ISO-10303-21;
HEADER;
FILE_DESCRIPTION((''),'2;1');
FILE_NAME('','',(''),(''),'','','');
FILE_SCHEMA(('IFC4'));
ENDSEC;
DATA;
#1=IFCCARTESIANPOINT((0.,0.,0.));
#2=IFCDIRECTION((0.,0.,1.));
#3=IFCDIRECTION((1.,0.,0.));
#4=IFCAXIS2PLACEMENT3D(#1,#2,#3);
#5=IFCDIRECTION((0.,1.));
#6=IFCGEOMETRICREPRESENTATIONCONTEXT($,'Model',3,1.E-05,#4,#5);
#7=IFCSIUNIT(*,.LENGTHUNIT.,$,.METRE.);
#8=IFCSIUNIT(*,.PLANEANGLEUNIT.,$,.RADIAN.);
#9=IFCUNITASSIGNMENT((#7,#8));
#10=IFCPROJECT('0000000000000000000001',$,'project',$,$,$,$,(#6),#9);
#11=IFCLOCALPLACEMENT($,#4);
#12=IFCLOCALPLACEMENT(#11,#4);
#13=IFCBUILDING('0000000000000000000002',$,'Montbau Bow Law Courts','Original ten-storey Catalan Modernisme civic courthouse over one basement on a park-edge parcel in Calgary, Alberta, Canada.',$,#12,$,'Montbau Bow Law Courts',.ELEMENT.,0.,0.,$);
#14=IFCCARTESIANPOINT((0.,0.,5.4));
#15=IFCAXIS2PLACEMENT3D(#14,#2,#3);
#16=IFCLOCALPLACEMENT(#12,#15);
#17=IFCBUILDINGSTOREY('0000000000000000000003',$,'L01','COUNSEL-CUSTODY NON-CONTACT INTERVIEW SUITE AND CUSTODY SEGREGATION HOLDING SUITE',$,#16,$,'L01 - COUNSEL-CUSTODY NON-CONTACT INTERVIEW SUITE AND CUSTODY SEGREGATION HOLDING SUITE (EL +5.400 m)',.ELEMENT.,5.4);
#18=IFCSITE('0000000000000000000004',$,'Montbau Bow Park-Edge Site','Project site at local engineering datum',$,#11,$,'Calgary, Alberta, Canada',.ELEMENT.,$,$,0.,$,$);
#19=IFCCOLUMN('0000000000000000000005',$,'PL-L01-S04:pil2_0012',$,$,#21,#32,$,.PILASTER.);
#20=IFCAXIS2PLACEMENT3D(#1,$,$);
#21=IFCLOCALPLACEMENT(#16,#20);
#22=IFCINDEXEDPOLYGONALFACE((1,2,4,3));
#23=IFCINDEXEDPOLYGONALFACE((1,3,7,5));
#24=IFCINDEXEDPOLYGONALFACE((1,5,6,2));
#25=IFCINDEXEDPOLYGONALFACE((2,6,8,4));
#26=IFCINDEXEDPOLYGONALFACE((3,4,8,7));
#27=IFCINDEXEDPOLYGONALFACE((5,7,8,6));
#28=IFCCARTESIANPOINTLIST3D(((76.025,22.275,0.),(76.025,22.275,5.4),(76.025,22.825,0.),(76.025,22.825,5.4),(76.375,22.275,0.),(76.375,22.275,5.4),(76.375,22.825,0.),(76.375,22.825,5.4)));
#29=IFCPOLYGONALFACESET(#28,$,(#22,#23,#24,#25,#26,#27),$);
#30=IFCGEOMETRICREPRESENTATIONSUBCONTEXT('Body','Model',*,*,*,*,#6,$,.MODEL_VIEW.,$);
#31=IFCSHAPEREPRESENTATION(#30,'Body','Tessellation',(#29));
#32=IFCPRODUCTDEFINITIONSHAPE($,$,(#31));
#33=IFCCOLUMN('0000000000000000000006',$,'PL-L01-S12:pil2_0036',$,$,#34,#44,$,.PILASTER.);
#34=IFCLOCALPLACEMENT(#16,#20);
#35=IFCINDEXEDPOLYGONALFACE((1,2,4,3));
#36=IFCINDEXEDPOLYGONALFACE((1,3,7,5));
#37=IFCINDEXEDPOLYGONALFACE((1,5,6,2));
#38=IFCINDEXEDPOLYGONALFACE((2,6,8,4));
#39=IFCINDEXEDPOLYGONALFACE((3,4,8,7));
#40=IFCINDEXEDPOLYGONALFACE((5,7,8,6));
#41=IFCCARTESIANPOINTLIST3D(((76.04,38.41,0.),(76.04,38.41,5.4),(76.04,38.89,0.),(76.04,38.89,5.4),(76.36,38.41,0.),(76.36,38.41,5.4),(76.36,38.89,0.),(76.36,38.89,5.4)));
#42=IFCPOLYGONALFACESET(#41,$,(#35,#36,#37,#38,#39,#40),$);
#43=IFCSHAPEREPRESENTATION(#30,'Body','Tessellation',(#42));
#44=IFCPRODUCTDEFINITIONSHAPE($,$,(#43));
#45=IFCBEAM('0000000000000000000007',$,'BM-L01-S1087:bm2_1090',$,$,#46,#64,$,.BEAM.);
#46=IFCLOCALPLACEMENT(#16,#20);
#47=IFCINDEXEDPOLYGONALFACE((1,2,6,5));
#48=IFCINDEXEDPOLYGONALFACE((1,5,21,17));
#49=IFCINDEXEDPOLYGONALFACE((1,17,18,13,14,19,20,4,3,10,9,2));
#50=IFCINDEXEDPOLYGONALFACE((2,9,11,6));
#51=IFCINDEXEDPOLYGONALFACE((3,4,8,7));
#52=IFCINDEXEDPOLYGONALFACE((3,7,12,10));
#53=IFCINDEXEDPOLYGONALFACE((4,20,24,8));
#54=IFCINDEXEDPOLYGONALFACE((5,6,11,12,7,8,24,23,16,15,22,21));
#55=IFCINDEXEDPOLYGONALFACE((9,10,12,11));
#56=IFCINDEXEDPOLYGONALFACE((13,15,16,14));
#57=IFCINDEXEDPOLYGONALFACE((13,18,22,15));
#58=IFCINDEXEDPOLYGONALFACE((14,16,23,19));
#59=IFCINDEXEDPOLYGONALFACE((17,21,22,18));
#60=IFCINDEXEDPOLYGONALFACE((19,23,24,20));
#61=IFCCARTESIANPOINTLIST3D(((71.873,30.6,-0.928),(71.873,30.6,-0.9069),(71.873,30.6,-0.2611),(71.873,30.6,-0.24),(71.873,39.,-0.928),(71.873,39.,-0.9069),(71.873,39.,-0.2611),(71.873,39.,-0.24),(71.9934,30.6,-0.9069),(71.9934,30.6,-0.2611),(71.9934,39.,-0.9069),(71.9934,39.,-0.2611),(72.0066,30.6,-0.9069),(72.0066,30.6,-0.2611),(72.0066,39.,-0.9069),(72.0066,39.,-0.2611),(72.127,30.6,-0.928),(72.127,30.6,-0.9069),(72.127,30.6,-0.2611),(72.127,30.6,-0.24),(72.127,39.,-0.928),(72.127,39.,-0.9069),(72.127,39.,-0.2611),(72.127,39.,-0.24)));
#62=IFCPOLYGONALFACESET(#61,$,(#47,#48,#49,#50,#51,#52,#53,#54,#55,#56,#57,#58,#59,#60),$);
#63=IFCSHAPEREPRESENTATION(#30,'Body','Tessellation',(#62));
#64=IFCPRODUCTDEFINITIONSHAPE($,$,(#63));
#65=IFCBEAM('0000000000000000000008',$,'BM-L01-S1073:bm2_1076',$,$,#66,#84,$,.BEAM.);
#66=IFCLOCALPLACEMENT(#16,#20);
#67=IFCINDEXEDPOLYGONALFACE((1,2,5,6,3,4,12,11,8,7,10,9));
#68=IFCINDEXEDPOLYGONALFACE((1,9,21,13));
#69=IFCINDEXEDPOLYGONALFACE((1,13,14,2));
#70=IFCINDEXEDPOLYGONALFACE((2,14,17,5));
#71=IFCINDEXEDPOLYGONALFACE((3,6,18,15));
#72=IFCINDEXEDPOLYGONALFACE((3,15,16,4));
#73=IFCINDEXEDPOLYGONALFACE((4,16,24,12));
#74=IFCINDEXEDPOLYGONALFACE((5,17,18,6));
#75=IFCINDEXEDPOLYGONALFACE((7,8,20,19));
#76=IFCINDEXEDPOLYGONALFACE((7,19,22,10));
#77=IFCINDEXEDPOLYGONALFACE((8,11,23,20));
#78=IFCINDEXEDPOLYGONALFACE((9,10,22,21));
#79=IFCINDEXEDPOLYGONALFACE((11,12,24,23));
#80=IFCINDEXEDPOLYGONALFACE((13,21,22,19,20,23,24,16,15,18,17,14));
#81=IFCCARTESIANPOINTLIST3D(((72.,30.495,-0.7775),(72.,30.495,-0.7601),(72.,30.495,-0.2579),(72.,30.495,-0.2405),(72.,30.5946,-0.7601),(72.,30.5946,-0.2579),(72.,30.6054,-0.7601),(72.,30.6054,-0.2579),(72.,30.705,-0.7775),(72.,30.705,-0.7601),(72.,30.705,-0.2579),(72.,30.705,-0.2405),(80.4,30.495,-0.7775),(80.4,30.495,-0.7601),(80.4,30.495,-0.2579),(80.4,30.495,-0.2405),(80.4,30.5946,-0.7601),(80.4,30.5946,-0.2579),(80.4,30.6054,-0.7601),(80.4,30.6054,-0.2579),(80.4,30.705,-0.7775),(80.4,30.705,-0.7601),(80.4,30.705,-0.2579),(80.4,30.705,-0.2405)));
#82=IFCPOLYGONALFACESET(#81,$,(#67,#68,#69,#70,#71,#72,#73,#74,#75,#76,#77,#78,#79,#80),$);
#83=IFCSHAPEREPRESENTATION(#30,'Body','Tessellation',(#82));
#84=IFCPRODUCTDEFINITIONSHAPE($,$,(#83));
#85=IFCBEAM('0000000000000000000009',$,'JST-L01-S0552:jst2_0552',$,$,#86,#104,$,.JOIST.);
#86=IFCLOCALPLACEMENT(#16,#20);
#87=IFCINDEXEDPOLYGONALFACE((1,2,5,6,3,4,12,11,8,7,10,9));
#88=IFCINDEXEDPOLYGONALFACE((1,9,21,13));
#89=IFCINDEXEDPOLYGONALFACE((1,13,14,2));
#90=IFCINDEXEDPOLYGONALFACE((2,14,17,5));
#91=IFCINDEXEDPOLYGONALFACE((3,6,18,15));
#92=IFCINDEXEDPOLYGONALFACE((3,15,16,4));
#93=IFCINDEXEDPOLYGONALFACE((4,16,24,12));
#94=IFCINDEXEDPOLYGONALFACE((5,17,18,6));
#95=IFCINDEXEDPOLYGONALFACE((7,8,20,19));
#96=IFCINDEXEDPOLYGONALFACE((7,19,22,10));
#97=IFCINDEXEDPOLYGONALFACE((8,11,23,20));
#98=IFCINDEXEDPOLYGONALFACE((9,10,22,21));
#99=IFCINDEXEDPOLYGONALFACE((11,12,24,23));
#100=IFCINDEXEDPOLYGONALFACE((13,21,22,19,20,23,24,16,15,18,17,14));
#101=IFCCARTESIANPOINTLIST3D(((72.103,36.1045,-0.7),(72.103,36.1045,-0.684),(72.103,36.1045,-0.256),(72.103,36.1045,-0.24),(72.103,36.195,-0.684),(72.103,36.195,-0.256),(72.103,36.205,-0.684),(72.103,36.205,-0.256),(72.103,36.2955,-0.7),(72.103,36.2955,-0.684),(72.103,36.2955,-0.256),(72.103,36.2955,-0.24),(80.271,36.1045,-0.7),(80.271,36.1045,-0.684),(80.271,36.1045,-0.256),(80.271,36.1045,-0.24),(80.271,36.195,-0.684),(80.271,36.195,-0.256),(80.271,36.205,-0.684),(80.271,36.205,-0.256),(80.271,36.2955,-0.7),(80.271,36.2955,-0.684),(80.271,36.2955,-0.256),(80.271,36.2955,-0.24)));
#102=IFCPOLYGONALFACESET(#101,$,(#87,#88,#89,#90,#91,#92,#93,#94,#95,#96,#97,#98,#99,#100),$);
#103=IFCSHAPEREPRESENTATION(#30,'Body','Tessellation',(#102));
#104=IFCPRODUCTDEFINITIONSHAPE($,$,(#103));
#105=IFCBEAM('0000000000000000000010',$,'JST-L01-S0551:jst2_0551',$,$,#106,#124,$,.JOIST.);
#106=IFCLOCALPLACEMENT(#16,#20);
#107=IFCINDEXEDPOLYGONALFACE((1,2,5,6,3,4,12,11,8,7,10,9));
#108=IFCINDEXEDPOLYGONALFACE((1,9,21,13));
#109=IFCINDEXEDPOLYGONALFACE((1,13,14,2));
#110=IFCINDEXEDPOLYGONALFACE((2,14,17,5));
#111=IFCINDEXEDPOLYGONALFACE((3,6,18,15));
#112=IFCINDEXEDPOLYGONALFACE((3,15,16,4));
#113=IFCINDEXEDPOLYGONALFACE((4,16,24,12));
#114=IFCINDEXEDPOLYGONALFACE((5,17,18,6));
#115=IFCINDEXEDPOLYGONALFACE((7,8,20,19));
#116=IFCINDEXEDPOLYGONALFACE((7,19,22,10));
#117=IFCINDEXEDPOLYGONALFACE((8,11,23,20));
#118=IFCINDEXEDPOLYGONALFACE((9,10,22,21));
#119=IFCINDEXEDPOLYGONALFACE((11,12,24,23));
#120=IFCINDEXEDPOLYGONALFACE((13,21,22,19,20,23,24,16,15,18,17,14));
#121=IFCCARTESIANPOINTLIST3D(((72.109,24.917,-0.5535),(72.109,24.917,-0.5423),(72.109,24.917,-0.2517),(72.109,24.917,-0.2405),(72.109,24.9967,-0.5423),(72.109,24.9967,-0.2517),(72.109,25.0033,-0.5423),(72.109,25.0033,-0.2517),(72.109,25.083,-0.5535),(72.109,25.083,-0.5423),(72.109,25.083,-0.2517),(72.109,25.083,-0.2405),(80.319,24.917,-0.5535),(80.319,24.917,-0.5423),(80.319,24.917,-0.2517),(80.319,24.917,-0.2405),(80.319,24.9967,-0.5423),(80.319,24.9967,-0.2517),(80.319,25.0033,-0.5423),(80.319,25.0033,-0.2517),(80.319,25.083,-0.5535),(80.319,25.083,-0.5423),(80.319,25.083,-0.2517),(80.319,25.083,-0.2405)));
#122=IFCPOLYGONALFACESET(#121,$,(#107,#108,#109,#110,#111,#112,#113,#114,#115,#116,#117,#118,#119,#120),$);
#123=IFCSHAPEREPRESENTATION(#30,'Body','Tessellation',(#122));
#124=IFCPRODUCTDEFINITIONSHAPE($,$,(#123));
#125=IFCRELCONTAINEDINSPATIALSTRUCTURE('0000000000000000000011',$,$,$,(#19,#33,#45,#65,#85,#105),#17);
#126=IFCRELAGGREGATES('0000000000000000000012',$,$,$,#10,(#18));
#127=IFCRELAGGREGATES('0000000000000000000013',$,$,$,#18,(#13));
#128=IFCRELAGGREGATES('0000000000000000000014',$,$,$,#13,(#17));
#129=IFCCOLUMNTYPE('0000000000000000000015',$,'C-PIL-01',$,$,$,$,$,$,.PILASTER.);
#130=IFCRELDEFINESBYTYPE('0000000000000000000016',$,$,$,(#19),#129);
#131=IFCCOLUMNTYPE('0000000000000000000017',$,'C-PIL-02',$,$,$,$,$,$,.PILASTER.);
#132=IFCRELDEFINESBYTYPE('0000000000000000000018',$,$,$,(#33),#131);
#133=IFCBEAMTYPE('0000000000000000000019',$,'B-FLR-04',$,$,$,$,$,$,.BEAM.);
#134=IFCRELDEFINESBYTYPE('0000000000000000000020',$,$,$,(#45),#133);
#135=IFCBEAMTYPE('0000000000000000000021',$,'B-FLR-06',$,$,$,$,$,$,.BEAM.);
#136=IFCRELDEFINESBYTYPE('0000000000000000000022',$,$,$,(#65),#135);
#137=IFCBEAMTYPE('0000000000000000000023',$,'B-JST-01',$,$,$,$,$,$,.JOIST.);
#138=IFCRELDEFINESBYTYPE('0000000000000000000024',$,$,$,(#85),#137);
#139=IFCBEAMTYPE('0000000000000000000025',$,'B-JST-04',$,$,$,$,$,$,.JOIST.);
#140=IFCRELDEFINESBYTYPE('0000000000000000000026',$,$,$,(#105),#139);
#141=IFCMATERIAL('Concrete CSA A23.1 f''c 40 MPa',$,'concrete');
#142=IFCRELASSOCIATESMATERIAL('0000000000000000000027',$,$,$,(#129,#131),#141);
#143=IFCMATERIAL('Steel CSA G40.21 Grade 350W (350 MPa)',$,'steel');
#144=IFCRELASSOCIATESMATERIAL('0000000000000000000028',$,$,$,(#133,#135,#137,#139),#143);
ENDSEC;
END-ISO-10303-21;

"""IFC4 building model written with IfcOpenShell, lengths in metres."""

from ifc_helpers import new_model, si_unit, direction, frame, origin_with_axes, origin_2d_with_axis, place, context, subcontext, project, spatial, rectangle, i_section, extrude, material, material_profile, profile_set, type_object, element, save


model = new_model("IFC4")

# Units and contexts
model_context = context("Model", 3, precision=1e-05, world=origin_with_axes(), true_north=direction((0.0, 1.0)))
body_context = subcontext(model_context, "Body", "Model", "MODEL_VIEW")
ifc_project = project(units=[si_unit("LENGTHUNIT", "METRE"), si_unit("PLANEANGLEUNIT", "RADIAN")], contexts=[model_context])

# Site, building, storey
site_placement = place(None, origin_with_axes())
site = spatial("IfcSite", under=ifc_project, at=site_placement, Name="Montbau Bow Park-Edge Site", Description="Project site at local engineering datum", LongName="Calgary, Alberta, Canada", CompositionType="ELEMENT", RefElevation=0.0)
building_placement = place(site_placement, origin_with_axes())
building = spatial("IfcBuilding", under=site, at=building_placement, Name="Montbau Bow Law Courts", Description="Original ten-storey Catalan Modernisme civic courthouse over one basement on a park-edge parcel in Calgary, Alberta, Canada.", LongName="Montbau Bow Law Courts", CompositionType="ELEMENT", ElevationOfRefHeight=0.0, ElevationOfTerrain=0.0)
storey_placement = place(building_placement, frame((0.0, 0.0, 5.4), z_axis=(0.0, 0.0, 1.0), x_axis=(1.0, 0.0, 0.0)))
storey = spatial("IfcBuildingStorey", under=building, at=storey_placement, Name="L01", Description="COUNSEL-CUSTODY NON-CONTACT INTERVIEW SUITE AND CUSTODY SEGREGATION HOLDING SUITE", LongName="L01 - COUNSEL-CUSTODY NON-CONTACT INTERVIEW SUITE AND CUSTODY SEGREGATION HOLDING SUITE (EL +5.400 m)", CompositionType="ELEMENT", Elevation=5.4)

# Columns
ifc_material_1 = material(Name="Concrete CSA A23.1 f'c 40 MPa", Category="concrete")
ifc_material_profile_1 = material_profile(ifc_material_1, rectangle(XDim=0.35, YDim=0.55, at=origin_2d_with_axis()), Name="RC550X350", Category="Main", Priority=0)
ifc_profile_set_1 = profile_set([ifc_material_profile_1], Name="Concrete CSA A23.1 f'c 40 MPa")
column_type_1 = type_object("IfcColumnType", Name="C-PIL-01", PredefinedType="PILASTER", material=ifc_profile_set_1)
column_1_placement = place(None, frame((76.2, 22.55, 5.4), z_axis=(0.0, 0.0, 1.0), x_axis=(1.0, 0.0, 0.0)))
element("IfcColumn", 1, at=column_1_placement, inside=storey, type_object=column_type_1, Name="PL-L01-S04:pil2_0012", PredefinedType="PILASTER", context=body_context, shape_type="SweptSolid", body=[
    extrude(rectangle(XDim=0.35, YDim=0.55, at=origin_2d_with_axis()), origin_with_axes(), (0.0, 0.0, 1.0), 5.4),
])
ifc_material_profile_2 = material_profile(ifc_material_1, rectangle(XDim=0.32, YDim=0.48, at=origin_2d_with_axis()), Name="RC480X320", Category="Main", Priority=0)
ifc_profile_set_2 = profile_set([ifc_material_profile_2], Name="Concrete CSA A23.1 f'c 40 MPa")
column_type_2 = type_object("IfcColumnType", Name="C-PIL-02", PredefinedType="PILASTER", material=ifc_profile_set_2)
column_2_placement = place(None, frame((76.2, 38.65, 5.4), z_axis=(0.0, 0.0, 1.0), x_axis=(1.0, 0.0, 0.0)))
element("IfcColumn", 2, at=column_2_placement, inside=storey, type_object=column_type_2, Name="PL-L01-S12:pil2_0036", PredefinedType="PILASTER", context=body_context, shape_type="SweptSolid", body=[
    extrude(rectangle(XDim=0.32, YDim=0.48, at=origin_2d_with_axis()), origin_with_axes(), (0.0, 0.0, 1.0), 5.4),
])

# Beams
ifc_material_2 = material(Name="Steel CSA G40.21 Grade 350W (350 MPa)", Category="steel")
ifc_material_profile_3 = material_profile(ifc_material_2, i_section(OverallWidth=0.254, OverallDepth=0.688, WebThickness=0.0131, FlangeThickness=0.0211, at=origin_2d_with_axis()), Name="W690X152", Category="Main", Priority=0)
ifc_profile_set_3 = profile_set([ifc_material_profile_3], Name="Steel CSA G40.21 Grade 350W (350 MPa)")
beam_type_1 = type_object("IfcBeamType", Name="B-FLR-04", PredefinedType="BEAM", material=ifc_profile_set_3)
beam_1_placement = place(None, frame((72.0, 30.6, 4.816), z_axis=(0.0, 1.0, 0.0), x_axis=(-1.0, 0.0, 0.0)))
element("IfcBeam", 3, at=beam_1_placement, inside=storey, type_object=beam_type_1, Name="BM-L01-S1087:bm2_1090", PredefinedType="BEAM", context=body_context, shape_type="SweptSolid", body=[
    extrude(i_section(OverallWidth=0.254, OverallDepth=0.688, WebThickness=0.0131, FlangeThickness=0.0211, at=origin_2d_with_axis()), origin_with_axes(), (0.0, 0.0, 1.0), 8.4),
])
ifc_material_profile_4 = material_profile(ifc_material_2, i_section(OverallWidth=0.21, OverallDepth=0.537, WebThickness=0.0109, FlangeThickness=0.0174, at=origin_2d_with_axis()), Name="W530X101", Category="Main", Priority=0)
ifc_profile_set_4 = profile_set([ifc_material_profile_4], Name="Steel CSA G40.21 Grade 350W (350 MPa)")
beam_type_2 = type_object("IfcBeamType", Name="B-FLR-06", PredefinedType="BEAM", material=ifc_profile_set_4)
beam_2_placement = place(None, frame((72.0, 30.6, 4.891), z_axis=(1.0, 0.0, 0.0), x_axis=(0.0, 1.0, 0.0)))
element("IfcBeam", 4, at=beam_2_placement, inside=storey, type_object=beam_type_2, Name="BM-L01-S1073:bm2_1076", PredefinedType="BEAM", context=body_context, shape_type="SweptSolid", body=[
    extrude(i_section(OverallWidth=0.21, OverallDepth=0.537, WebThickness=0.0109, FlangeThickness=0.0174, at=origin_2d_with_axis()), origin_with_axes(), (0.0, 0.0, 1.0), 8.4),
])
ifc_material_profile_5 = material_profile(ifc_material_2, i_section(OverallWidth=0.191, OverallDepth=0.46, WebThickness=0.0099, FlangeThickness=0.016, at=origin_2d_with_axis()), Name="W460X82", Category="Main", Priority=0)
ifc_profile_set_5 = profile_set([ifc_material_profile_5], Name="Steel CSA G40.21 Grade 350W (350 MPa)")
beam_type_3 = type_object("IfcBeamType", Name="B-JST-01", PredefinedType="JOIST", material=ifc_profile_set_5)
beam_3_placement = place(None, frame((72.103, 36.2, 4.93), z_axis=(1.0, 0.0, 0.0), x_axis=(0.0, 1.0, 0.0)))
element("IfcBeam", 5, at=beam_3_placement, inside=storey, type_object=beam_type_3, Name="JST-L01-S0552:jst2_0552", PredefinedType="JOIST", context=body_context, shape_type="SweptSolid", body=[
    extrude(i_section(OverallWidth=0.191, OverallDepth=0.46, WebThickness=0.0099, FlangeThickness=0.016, at=origin_2d_with_axis()), origin_with_axes(), (0.0, 0.0, 1.0), 8.168),
])
ifc_material_profile_6 = material_profile(ifc_material_2, i_section(OverallWidth=0.166, OverallDepth=0.313, WebThickness=0.0066, FlangeThickness=0.0112, at=origin_2d_with_axis()), Name="W310X45", Category="Main", Priority=0)
ifc_profile_set_6 = profile_set([ifc_material_profile_6], Name="Steel CSA G40.21 Grade 350W (350 MPa)")
beam_type_4 = type_object("IfcBeamType", Name="B-JST-04", PredefinedType="JOIST", material=ifc_profile_set_6)
beam_4_placement = place(None, frame((72.109, 25.0, 5.003), z_axis=(1.0, 0.0, 0.0), x_axis=(0.0, 1.0, 0.0)))
element("IfcBeam", 6, at=beam_4_placement, inside=storey, type_object=beam_type_4, Name="JST-L01-S0551:jst2_0551", PredefinedType="JOIST", context=body_context, shape_type="SweptSolid", body=[
    extrude(i_section(OverallWidth=0.166, OverallDepth=0.313, WebThickness=0.0066, FlangeThickness=0.0112, at=origin_2d_with_axis()), origin_with_axes(), (0.0, 0.0, 1.0), 8.21),
])

save(model, "model.ifc")
